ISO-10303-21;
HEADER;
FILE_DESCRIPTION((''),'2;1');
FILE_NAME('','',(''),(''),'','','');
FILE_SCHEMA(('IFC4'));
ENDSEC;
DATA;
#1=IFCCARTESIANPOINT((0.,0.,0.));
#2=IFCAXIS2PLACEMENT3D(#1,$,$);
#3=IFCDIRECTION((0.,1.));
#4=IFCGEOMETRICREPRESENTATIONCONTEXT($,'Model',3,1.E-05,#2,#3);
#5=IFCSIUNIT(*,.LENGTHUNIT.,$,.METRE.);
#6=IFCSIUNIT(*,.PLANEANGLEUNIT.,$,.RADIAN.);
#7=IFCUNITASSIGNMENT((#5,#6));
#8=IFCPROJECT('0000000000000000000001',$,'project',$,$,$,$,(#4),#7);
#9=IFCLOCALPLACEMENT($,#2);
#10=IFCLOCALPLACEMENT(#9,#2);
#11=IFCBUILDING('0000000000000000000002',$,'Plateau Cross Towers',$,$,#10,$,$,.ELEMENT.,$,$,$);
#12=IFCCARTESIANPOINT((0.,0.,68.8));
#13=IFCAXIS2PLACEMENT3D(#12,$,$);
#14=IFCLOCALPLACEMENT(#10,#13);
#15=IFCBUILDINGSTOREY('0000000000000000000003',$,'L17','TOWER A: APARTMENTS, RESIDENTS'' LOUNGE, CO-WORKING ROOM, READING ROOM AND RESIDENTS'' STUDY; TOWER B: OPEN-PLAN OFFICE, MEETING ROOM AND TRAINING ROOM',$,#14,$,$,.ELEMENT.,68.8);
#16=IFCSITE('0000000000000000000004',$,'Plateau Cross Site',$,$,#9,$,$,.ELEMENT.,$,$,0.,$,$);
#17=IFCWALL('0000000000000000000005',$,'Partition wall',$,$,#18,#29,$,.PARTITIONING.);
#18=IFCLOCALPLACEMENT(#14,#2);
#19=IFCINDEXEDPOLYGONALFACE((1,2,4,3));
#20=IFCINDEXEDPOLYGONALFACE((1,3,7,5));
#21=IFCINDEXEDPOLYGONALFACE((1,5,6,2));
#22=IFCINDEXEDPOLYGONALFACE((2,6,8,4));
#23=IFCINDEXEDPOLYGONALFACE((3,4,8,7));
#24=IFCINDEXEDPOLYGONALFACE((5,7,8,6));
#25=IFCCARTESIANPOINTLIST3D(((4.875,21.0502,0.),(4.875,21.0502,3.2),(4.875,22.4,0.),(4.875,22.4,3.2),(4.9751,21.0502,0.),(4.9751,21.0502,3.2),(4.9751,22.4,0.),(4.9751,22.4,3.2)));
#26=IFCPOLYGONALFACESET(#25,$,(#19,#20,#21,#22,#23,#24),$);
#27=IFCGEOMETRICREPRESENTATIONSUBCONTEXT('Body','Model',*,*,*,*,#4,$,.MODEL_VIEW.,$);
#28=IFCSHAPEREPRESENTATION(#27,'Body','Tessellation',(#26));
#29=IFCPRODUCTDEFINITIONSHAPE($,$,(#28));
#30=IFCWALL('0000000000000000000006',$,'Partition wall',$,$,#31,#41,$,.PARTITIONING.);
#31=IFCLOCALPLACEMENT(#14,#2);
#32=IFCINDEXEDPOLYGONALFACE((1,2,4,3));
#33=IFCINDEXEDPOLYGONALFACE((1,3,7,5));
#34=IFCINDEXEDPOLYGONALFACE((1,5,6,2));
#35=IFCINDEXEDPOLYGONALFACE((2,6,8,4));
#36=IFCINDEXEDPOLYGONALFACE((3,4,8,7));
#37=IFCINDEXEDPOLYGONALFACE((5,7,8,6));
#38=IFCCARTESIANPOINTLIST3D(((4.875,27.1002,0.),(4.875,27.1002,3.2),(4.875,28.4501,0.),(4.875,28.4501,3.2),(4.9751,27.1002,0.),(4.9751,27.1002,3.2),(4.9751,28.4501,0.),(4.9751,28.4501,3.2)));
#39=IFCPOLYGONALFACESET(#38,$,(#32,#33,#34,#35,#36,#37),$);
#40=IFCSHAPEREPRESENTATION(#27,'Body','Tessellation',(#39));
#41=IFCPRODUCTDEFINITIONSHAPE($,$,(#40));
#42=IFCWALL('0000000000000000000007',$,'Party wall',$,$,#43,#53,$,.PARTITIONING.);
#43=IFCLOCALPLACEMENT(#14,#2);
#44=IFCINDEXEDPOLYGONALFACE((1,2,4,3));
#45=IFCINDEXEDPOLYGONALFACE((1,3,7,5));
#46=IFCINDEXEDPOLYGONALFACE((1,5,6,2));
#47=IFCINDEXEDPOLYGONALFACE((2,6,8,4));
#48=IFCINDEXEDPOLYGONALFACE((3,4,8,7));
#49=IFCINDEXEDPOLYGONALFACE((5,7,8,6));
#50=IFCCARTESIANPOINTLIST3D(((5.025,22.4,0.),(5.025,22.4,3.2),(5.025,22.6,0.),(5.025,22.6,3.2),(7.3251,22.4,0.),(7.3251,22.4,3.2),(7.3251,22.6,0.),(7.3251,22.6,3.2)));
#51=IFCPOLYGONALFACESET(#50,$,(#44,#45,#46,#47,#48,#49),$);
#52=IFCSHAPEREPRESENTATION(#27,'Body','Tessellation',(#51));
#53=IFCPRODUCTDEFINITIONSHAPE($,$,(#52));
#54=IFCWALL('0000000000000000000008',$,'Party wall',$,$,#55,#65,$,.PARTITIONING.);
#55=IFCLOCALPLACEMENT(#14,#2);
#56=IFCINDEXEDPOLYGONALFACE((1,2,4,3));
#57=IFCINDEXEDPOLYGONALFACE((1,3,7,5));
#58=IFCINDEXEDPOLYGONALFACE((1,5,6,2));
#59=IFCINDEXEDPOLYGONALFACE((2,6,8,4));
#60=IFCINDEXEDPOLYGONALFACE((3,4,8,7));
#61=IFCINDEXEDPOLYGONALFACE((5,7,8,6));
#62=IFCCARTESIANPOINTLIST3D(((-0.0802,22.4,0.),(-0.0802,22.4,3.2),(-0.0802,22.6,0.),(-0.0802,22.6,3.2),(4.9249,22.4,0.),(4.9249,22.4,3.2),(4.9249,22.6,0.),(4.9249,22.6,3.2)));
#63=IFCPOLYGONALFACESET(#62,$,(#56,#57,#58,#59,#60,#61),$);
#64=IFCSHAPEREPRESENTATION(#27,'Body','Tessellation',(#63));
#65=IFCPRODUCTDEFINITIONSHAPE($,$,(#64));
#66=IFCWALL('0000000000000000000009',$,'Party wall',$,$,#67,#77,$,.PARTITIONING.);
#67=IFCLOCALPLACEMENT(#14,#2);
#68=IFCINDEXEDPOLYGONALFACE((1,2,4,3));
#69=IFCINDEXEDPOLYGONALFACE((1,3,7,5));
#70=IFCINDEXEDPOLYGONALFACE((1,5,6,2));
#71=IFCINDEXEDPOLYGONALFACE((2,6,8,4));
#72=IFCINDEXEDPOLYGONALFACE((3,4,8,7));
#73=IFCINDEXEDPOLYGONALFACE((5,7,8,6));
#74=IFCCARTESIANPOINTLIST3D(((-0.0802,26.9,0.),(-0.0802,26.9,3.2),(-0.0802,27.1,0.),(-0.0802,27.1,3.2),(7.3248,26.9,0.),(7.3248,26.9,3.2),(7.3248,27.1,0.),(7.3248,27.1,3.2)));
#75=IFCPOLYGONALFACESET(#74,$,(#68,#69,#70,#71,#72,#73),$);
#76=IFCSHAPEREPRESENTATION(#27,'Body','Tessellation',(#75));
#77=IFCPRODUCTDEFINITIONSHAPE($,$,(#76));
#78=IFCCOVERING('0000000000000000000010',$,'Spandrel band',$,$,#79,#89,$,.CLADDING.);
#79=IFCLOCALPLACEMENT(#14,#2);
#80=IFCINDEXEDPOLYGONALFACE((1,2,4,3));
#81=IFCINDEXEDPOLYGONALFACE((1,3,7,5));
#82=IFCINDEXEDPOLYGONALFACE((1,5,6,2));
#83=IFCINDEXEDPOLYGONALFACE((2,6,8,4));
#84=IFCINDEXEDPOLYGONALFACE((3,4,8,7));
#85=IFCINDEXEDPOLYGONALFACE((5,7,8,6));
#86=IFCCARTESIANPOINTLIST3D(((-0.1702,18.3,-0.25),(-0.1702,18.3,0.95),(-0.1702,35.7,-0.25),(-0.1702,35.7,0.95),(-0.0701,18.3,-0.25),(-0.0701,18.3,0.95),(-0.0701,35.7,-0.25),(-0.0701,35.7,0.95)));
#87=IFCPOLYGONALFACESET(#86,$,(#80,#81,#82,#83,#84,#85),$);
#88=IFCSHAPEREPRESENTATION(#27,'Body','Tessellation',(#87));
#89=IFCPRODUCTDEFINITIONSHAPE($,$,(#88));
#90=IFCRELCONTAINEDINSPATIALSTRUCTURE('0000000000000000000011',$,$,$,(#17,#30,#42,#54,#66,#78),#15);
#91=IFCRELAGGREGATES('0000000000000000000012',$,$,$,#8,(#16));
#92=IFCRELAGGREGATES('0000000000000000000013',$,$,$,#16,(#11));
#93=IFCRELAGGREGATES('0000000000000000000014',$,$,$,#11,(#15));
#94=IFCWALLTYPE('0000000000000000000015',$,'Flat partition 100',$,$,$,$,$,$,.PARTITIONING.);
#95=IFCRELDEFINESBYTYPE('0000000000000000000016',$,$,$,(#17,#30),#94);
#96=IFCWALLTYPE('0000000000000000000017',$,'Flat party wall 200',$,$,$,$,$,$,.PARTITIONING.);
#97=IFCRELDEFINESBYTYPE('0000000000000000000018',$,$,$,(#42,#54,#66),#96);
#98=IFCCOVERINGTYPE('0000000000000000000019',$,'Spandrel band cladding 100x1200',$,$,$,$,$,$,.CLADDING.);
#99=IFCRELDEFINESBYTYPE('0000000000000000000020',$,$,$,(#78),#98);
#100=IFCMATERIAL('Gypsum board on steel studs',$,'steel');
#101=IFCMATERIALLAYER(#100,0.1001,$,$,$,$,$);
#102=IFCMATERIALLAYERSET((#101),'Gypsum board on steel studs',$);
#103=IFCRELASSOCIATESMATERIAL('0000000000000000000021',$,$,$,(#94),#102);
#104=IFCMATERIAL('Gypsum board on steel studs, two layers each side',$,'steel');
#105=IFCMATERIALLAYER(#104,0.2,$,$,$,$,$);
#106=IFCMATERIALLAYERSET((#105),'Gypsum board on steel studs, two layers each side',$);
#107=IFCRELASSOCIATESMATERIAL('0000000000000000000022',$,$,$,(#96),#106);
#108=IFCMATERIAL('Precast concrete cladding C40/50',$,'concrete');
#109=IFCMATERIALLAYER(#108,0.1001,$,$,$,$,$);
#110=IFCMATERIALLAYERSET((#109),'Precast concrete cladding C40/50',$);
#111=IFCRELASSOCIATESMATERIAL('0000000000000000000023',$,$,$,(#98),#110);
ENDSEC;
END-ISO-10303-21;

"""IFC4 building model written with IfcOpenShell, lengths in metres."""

from ifc_helpers import new_model, si_unit, direction, frame, frame_2d, origin, origin_2d, place, context, subcontext, project, spatial, rectangle, extrude, material, layer, layer_set, type_object, element, save


model = new_model("IFC4")

# Units and contexts
model_context = context("Model", 3, precision=1e-05, world=origin(), true_north=direction((0.0, 1.0)))
body_context = subcontext(model_context, "Body", "Model", "MODEL_VIEW")
ifc_project = project(units=[si_unit("LENGTHUNIT", "METRE"), si_unit("PLANEANGLEUNIT", "RADIAN")], contexts=[model_context])

# Site, building, storey
site_placement = place(None, origin())
site = spatial("IfcSite", under=ifc_project, at=site_placement, Name="Plateau Cross Site", CompositionType="ELEMENT", RefElevation=0.0)
building_placement = place(site_placement, origin())
building = spatial("IfcBuilding", under=site, at=building_placement, Name="Plateau Cross Towers", CompositionType="ELEMENT")
storey_placement = place(building_placement, frame((0.0, 0.0, 68.8)))
storey = spatial("IfcBuildingStorey", under=building, at=storey_placement, Name="L17", Description="TOWER A: APARTMENTS, RESIDENTS' LOUNGE, CO-WORKING ROOM, READING ROOM AND RESIDENTS' STUDY; TOWER B: OPEN-PLAN OFFICE, MEETING ROOM AND TRAINING ROOM", CompositionType="ELEMENT", Elevation=68.8)

# Shared definitions
ifc_material_1 = material(Name="Gypsum board on steel studs", Category="steel")
ifc_layer_1 = layer(ifc_material_1, 0.1001)
ifc_layer_set_1 = layer_set([ifc_layer_1], Name="Gypsum board on steel studs")
wall_type_1 = type_object("IfcWallType", Name="Flat partition 100", PredefinedType="PARTITIONING", material=ifc_layer_set_1)

# Walls
for number, where, z_axis, x_axis, name in (
    (1, (4.925, 22.3999, 0.0), (0.0, 0.0, 1.0), (0.0, -1.0, 0.0), "Partition wall"),
    (2, (4.925, 28.45, 0.0), (0.0, 0.0, 1.0), (0.0, -1.0, 0.0), "Partition wall"),
):
    element("IfcWall", number, at=place(storey_placement, frame(where, z_axis=z_axis, x_axis=x_axis)), inside=storey, type_object=wall_type_1, Name=name, PredefinedType="PARTITIONING", context=body_context, shape_type="SweptSolid", body=[
        extrude(rectangle(XDim=1.3499, YDim=0.1001, at=frame_2d((0.6748, 0.0))), origin(), (0.0, 0.0, 1.0), 3.2),
    ])
ifc_material_2 = material(Name="Gypsum board on steel studs, two layers each side", Category="steel")
ifc_layer_2 = layer(ifc_material_2, 0.2)
ifc_layer_set_2 = layer_set([ifc_layer_2], Name="Gypsum board on steel studs, two layers each side")
wall_type_2 = type_object("IfcWallType", Name="Flat party wall 200", PredefinedType="PARTITIONING", material=ifc_layer_set_2)
wall_1_placement = place(storey_placement, frame((7.325, 22.5, 0.0), z_axis=(0.0, 0.0, 1.0), x_axis=(-1.0, 0.0, 0.0)))
element("IfcWall", 3, at=wall_1_placement, inside=storey, type_object=wall_type_2, Name="Party wall", PredefinedType="PARTITIONING", context=body_context, shape_type="SweptSolid", body=[
    extrude(rectangle(XDim=2.3, YDim=0.2, at=frame_2d((1.1499, 0.0))), origin(), (0.0, 0.0, 1.0), 3.2),
])
wall_2_placement = place(storey_placement, frame((-0.0801, 22.5, 0.0), z_axis=(0.0, 0.0, 1.0), x_axis=(1.0, 0.0, 0.0)))
element("IfcWall", 4, at=wall_2_placement, inside=storey, type_object=wall_type_2, Name="Party wall", PredefinedType="PARTITIONING", context=body_context, shape_type="SweptSolid", body=[
    extrude(rectangle(XDim=5.0051, YDim=0.2, at=frame_2d((2.5024, 0.0))), origin(), (0.0, 0.0, 1.0), 3.2),
])
wall_3_placement = place(storey_placement, frame((7.325, 27.0, 0.0), z_axis=(0.0, 0.0, 1.0), x_axis=(-1.0, 0.0, 0.0)))
element("IfcWall", 5, at=wall_3_placement, inside=storey, type_object=wall_type_2, Name="Party wall", PredefinedType="PARTITIONING", context=body_context, shape_type="SweptSolid", body=[
    extrude(rectangle(XDim=7.405, YDim=0.2, at=frame_2d((3.7026, 0.0))), origin(), (0.0, 0.0, 1.0), 3.2),
])

# Covering
ifc_material_3 = material(Name="Precast concrete cladding C40/50", Category="concrete")
ifc_layer_3 = layer(ifc_material_3, 0.1001)
ifc_layer_set_3 = layer_set([ifc_layer_3], Name="Precast concrete cladding C40/50")
covering_type = type_object("IfcCoveringType", Name="Spandrel band cladding 100x1200", PredefinedType="CLADDING", material=ifc_layer_set_3)
covering_placement = place(storey_placement, frame((-0.1201, 27.0, -0.25), z_axis=(0.0, 0.0, 1.0), x_axis=(0.0, -1.0, 0.0)))
element("IfcCovering", 6, at=covering_placement, inside=storey, type_object=covering_type, Name="Spandrel band", PredefinedType="CLADDING", context=body_context, shape_type="SweptSolid", body=[
    extrude(rectangle(XDim=17.3999, YDim=0.1001, at=origin_2d()), origin(), (0.0, 0.0, 1.0), 1.2),
])

save(model, "model.ifc")
